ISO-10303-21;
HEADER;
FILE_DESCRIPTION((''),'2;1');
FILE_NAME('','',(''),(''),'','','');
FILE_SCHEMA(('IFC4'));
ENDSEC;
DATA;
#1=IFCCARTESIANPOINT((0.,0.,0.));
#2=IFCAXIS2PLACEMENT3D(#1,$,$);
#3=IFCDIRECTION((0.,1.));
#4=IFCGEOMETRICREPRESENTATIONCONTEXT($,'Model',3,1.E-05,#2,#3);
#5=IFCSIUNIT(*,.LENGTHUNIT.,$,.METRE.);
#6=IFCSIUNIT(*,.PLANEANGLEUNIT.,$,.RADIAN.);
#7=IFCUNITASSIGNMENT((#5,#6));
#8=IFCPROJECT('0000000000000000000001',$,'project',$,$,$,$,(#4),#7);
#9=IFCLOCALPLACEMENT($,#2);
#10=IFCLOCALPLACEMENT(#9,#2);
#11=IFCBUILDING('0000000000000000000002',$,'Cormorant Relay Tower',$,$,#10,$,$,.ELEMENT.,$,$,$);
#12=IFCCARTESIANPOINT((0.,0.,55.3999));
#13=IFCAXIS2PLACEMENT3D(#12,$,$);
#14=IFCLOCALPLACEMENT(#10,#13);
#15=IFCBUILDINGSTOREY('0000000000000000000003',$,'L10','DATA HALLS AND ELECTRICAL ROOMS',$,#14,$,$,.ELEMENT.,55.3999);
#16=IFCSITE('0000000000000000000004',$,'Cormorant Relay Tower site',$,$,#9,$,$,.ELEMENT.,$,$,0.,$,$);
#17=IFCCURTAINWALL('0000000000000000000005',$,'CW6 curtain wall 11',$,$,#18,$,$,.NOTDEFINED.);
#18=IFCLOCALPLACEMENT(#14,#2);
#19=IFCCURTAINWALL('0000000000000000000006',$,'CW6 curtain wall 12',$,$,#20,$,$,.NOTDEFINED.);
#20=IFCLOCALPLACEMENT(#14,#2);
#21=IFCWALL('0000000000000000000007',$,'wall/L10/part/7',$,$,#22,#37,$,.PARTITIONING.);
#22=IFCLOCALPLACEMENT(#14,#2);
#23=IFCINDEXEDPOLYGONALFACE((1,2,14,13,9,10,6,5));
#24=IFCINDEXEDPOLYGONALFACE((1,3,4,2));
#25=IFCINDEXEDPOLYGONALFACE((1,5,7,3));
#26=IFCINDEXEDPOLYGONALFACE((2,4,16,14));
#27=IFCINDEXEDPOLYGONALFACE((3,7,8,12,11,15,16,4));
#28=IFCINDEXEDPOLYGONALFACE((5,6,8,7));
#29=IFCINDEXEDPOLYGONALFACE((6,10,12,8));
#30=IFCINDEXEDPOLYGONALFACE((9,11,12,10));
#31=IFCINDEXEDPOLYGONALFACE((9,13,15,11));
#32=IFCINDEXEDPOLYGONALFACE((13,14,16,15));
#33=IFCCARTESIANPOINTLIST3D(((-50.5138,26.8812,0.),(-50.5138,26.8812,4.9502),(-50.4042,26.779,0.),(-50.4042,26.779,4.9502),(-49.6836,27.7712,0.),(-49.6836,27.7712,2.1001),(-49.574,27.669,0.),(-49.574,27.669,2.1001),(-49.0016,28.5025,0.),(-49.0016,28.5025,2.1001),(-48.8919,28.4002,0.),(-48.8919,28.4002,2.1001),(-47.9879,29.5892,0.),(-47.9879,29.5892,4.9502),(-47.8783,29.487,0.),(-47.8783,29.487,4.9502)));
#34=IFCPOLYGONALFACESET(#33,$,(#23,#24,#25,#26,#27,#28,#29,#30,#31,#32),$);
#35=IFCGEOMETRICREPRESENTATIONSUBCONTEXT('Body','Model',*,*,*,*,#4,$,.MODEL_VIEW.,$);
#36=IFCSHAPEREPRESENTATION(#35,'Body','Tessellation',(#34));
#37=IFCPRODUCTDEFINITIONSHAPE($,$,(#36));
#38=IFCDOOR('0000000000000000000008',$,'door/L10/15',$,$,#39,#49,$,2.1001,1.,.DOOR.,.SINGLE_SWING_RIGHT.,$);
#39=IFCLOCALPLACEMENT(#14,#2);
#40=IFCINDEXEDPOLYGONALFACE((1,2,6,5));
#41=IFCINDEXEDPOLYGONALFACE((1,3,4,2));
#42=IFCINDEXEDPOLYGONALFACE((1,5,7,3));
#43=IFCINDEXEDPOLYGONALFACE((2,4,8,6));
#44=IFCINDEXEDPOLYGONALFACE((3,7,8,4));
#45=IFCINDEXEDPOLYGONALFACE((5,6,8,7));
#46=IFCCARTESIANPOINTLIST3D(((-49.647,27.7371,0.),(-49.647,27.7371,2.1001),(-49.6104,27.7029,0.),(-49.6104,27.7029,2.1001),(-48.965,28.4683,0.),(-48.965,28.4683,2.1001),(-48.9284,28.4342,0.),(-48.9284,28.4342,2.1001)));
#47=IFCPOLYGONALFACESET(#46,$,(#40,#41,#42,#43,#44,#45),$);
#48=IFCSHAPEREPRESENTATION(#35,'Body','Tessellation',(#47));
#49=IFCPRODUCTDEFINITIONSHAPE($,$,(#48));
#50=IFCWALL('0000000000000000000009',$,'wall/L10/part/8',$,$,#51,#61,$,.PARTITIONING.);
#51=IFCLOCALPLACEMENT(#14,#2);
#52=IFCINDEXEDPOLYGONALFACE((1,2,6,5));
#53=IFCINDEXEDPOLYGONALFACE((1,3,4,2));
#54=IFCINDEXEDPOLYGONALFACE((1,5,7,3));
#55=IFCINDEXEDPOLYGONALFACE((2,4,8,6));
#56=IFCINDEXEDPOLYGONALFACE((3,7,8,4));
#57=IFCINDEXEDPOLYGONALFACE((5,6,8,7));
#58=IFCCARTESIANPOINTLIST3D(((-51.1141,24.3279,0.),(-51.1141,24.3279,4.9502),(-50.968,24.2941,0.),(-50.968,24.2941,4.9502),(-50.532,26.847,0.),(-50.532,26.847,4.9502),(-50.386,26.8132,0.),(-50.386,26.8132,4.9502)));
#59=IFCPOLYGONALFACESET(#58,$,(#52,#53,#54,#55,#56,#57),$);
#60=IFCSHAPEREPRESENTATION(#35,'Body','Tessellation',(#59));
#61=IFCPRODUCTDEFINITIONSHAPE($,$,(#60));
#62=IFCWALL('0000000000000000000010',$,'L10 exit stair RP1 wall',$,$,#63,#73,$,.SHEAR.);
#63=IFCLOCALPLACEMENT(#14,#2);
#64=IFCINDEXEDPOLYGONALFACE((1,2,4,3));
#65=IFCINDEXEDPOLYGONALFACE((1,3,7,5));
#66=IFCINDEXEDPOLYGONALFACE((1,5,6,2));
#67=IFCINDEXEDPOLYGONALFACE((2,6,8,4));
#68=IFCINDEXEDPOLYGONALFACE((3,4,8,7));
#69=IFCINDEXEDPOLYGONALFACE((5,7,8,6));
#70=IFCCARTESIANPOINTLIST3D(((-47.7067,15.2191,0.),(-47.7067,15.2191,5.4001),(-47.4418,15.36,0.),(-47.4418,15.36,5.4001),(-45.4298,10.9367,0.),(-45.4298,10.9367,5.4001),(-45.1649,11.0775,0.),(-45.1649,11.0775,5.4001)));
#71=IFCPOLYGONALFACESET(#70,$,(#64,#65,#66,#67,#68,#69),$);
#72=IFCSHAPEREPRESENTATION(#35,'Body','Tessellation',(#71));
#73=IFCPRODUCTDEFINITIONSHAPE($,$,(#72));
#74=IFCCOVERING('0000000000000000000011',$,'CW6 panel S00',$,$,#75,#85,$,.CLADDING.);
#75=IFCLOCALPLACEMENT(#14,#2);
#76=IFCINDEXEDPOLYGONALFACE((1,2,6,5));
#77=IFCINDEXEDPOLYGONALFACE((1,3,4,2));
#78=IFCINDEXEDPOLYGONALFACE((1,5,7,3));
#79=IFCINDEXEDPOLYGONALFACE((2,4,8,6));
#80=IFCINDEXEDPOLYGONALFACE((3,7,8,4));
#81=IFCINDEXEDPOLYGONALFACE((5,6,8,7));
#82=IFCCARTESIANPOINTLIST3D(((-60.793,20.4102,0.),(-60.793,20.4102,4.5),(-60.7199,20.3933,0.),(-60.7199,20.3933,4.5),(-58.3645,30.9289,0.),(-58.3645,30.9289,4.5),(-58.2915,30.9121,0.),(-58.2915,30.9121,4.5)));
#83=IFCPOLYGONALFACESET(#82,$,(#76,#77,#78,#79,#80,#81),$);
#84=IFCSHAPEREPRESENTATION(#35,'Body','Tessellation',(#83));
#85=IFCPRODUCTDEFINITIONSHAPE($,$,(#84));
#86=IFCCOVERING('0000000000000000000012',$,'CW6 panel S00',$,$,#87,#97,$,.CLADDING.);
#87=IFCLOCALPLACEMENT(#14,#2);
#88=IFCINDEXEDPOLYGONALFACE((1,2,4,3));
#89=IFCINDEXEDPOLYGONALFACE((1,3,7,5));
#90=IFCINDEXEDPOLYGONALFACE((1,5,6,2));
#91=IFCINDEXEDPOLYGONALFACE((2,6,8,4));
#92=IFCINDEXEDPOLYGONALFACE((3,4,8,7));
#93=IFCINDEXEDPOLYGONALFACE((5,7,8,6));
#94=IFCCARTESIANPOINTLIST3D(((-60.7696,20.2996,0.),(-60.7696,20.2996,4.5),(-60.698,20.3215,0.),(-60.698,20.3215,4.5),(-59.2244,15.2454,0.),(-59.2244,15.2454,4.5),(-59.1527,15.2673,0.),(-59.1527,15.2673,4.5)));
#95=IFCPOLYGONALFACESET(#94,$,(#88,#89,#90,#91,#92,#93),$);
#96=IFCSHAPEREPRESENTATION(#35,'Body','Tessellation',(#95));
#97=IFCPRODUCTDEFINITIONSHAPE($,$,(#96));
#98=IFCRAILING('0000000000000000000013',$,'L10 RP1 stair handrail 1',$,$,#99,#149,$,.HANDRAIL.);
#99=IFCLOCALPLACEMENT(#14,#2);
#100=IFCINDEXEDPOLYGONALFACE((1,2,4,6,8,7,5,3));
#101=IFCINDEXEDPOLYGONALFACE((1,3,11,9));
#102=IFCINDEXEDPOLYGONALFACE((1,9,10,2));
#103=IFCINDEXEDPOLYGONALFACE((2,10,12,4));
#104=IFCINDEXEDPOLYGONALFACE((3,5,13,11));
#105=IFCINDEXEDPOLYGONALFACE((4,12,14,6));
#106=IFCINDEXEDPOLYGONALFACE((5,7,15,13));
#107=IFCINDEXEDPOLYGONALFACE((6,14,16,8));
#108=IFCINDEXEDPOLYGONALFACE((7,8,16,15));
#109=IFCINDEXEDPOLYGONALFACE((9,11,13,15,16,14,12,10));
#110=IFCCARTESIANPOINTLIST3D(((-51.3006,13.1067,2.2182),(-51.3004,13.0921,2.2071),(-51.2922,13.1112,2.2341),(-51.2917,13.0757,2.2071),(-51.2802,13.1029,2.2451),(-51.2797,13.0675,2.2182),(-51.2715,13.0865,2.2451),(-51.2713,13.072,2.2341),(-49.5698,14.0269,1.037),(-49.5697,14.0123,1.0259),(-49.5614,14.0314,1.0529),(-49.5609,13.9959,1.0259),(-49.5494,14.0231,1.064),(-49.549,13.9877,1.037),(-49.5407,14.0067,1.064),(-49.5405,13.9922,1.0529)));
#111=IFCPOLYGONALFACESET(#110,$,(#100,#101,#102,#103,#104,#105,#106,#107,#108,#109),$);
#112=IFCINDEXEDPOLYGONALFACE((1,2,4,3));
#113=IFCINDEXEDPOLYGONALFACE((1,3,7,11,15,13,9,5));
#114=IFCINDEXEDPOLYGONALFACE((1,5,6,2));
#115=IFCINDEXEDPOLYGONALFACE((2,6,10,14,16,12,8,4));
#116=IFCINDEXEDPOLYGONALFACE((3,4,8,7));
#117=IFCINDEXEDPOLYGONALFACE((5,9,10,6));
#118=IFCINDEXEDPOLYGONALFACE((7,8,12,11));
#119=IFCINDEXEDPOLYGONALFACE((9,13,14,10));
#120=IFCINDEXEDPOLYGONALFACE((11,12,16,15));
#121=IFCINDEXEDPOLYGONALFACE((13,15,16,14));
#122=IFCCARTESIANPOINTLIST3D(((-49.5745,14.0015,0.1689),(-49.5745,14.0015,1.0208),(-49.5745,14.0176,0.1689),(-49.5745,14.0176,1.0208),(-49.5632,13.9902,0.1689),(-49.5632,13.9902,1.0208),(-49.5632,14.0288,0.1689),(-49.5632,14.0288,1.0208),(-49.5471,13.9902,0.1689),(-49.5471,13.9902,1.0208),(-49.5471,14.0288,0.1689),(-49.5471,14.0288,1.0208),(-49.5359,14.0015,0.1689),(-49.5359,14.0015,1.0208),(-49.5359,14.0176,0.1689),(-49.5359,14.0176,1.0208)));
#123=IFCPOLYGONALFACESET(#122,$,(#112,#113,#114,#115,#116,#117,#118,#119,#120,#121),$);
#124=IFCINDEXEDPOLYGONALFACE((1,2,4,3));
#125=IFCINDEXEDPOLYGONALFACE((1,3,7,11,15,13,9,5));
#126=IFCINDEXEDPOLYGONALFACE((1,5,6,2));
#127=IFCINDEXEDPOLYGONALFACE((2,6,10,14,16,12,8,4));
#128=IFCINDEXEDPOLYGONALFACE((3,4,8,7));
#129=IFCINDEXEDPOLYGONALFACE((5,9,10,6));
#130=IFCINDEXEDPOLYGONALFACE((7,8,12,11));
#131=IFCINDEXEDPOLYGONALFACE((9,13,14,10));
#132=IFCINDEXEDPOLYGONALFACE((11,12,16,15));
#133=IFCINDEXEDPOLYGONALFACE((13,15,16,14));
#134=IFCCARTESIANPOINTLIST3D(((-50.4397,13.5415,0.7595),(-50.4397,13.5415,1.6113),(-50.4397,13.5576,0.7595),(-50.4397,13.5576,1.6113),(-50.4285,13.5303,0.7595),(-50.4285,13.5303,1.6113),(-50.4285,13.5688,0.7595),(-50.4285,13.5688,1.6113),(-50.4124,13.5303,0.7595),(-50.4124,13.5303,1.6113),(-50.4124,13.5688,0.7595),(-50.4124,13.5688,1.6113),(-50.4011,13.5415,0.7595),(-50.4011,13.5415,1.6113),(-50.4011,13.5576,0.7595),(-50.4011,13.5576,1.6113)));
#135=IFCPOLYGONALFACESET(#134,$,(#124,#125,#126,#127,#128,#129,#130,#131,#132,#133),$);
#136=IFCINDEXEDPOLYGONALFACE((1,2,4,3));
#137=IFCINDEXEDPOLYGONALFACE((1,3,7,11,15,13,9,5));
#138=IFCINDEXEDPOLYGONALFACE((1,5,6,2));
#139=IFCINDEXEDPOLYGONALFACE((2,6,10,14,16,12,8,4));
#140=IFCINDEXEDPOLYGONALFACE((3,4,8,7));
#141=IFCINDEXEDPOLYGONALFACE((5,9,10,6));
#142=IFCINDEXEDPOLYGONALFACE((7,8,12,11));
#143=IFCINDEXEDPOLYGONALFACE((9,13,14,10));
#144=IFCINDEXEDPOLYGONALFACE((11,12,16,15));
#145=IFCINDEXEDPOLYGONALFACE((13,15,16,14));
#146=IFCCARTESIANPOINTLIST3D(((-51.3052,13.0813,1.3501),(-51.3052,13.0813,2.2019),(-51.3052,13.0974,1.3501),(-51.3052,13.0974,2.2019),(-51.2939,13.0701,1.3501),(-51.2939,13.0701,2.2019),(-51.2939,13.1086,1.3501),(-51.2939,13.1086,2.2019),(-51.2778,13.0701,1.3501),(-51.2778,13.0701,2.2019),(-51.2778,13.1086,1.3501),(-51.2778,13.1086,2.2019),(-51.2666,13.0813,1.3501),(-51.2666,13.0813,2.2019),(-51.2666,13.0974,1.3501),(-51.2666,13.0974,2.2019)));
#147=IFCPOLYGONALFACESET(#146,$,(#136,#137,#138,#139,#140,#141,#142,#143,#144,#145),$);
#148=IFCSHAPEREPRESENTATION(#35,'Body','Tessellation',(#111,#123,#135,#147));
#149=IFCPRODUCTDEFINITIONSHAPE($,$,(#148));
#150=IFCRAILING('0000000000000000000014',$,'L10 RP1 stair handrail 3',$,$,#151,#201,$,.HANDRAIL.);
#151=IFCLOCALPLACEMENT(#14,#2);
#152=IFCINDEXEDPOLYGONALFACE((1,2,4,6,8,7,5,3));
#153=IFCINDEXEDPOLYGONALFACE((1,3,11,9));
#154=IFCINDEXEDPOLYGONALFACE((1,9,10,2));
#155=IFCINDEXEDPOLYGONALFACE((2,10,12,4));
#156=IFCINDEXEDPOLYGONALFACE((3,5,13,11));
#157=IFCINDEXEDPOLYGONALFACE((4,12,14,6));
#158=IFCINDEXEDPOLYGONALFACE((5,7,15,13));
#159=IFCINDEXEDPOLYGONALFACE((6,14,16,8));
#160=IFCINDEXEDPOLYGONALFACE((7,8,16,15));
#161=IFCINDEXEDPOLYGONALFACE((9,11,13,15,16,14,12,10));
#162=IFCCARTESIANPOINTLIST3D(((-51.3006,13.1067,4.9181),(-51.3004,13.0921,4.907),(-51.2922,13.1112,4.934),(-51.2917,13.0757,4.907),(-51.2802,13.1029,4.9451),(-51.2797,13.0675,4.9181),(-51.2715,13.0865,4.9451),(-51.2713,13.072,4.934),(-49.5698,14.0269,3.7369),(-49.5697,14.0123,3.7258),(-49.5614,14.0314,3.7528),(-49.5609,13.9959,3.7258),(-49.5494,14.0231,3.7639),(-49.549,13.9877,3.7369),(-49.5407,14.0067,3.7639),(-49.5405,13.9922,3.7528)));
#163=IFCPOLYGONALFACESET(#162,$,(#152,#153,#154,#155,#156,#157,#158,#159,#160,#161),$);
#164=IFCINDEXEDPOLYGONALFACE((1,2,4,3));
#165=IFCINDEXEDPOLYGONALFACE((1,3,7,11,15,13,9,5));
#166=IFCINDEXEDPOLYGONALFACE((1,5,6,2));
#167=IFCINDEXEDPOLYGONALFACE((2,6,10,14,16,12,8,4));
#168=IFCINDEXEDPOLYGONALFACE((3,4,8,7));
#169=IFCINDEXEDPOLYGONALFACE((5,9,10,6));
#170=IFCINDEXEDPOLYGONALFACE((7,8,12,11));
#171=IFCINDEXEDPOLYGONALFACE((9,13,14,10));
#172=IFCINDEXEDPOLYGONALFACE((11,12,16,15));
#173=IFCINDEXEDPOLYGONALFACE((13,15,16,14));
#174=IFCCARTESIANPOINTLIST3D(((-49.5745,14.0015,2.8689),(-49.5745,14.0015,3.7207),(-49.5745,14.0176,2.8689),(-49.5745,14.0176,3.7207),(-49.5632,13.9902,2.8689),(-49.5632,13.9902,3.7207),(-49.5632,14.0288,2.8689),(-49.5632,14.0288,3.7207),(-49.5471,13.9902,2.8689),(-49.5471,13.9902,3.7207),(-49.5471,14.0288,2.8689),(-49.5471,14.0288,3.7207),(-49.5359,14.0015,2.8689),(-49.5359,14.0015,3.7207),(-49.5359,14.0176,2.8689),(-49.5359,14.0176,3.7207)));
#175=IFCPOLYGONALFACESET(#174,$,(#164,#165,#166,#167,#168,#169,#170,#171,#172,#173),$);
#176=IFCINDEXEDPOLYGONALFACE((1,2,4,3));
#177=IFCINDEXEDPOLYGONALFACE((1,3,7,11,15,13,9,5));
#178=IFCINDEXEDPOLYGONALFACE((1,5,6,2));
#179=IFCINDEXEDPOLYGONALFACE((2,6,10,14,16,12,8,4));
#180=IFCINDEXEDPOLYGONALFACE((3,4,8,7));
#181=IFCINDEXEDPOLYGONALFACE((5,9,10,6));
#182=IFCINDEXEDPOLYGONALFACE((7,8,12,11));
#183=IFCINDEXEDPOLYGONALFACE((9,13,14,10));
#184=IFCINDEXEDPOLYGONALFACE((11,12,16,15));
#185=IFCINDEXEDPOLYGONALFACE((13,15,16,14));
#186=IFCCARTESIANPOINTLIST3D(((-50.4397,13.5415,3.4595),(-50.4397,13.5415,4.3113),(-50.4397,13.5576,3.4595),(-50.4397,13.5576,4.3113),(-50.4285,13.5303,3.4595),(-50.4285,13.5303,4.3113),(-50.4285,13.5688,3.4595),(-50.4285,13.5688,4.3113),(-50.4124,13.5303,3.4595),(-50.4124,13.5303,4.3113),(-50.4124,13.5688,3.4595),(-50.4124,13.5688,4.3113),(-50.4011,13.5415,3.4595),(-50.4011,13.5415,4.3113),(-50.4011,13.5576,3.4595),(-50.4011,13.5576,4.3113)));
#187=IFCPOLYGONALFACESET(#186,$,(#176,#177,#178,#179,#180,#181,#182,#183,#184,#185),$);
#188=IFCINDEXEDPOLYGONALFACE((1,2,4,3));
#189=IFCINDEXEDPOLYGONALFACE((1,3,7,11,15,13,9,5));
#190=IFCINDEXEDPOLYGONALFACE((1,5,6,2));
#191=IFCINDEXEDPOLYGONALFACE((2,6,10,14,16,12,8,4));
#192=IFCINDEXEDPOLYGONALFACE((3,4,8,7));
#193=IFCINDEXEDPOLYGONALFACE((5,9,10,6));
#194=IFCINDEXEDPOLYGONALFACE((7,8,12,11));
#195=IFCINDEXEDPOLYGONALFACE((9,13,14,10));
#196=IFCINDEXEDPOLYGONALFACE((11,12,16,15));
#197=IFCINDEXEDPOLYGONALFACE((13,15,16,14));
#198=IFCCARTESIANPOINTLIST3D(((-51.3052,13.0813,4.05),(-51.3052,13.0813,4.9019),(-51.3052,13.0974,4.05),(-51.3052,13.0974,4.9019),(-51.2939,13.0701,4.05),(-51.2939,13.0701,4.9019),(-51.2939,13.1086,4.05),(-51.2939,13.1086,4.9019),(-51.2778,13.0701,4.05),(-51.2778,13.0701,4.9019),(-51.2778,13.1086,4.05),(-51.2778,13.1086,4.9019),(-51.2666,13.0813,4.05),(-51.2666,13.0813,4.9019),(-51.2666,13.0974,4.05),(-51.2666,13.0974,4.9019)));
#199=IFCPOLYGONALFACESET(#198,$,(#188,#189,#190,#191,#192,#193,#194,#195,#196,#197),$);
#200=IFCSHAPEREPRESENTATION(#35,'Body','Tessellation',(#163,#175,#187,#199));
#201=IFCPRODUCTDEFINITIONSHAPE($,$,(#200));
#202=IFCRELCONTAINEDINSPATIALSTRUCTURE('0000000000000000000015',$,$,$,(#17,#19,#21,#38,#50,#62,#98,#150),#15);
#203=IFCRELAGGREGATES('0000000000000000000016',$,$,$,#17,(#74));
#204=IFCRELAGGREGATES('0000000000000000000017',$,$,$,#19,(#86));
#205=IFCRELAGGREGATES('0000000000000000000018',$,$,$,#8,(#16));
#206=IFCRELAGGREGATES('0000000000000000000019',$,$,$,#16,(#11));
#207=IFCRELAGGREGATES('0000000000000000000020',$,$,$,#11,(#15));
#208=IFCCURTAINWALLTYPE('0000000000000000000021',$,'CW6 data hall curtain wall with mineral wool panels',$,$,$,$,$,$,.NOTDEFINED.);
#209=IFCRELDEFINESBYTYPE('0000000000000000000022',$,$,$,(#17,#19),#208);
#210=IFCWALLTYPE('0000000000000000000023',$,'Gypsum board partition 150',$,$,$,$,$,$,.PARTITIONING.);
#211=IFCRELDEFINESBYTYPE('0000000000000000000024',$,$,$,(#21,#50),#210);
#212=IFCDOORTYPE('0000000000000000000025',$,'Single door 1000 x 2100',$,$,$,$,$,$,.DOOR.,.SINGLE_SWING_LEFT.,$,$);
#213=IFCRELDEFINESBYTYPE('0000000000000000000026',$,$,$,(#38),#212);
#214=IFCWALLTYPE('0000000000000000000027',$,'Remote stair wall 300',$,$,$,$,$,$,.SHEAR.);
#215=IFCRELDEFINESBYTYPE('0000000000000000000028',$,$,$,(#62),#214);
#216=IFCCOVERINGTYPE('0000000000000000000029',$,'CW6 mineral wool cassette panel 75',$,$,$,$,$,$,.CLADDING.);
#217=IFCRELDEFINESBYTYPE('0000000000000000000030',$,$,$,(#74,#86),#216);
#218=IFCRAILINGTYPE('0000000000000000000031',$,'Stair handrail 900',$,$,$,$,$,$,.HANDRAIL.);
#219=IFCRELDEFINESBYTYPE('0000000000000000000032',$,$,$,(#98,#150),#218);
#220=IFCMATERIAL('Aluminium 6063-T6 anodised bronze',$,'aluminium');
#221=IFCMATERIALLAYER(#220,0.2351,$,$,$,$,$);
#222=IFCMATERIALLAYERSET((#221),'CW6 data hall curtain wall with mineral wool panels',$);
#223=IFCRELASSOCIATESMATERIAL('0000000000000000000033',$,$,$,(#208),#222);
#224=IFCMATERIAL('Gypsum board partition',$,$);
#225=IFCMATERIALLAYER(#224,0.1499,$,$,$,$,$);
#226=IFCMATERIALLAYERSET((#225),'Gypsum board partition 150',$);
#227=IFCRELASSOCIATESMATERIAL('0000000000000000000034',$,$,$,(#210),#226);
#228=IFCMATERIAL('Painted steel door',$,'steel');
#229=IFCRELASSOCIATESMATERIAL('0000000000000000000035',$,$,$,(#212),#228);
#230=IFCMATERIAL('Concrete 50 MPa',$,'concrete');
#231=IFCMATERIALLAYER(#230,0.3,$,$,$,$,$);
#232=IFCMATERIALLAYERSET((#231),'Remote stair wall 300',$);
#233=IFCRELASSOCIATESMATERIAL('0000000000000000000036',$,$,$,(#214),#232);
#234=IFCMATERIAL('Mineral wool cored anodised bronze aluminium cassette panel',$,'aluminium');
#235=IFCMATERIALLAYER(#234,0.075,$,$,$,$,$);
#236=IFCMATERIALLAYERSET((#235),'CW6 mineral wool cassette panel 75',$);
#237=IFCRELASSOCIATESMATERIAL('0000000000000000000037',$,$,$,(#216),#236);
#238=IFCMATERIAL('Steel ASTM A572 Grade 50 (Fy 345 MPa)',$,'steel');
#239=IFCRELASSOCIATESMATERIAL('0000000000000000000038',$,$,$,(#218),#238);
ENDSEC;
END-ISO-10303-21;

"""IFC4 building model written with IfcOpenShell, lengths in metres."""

from ifc_helpers import new_model, si_unit, direction, frame, frame_2d, origin, origin_2d, place, context, subcontext, project, spatial, polyline, rectangle, outline, extrude, material, layer, layer_set, type_object, element, fill, aggregate, save


model = new_model("IFC4")

# Units and contexts
model_context = context("Model", 3, precision=1e-05, world=origin(), true_north=direction((0.0, 1.0)))
body_context = subcontext(model_context, "Body", "Model", "MODEL_VIEW")
ifc_project = project(units=[si_unit("LENGTHUNIT", "METRE"), si_unit("PLANEANGLEUNIT", "RADIAN")], contexts=[model_context])

# Site, building, storey
site_placement = place(None, origin())
site = spatial("IfcSite", under=ifc_project, at=site_placement, Name="Cormorant Relay Tower site", CompositionType="ELEMENT", RefElevation=0.0)
building_placement = place(site_placement, origin())
building = spatial("IfcBuilding", under=site, at=building_placement, Name="Cormorant Relay Tower", CompositionType="ELEMENT")
storey_placement = place(building_placement, frame((0.0, 0.0, 55.3999)))
storey = spatial("IfcBuildingStorey", under=building, at=storey_placement, Name="L10", Description="DATA HALLS AND ELECTRICAL ROOMS", CompositionType="ELEMENT", Elevation=55.3999)

# Curtain wall
ifc_material_1 = material(Name="Aluminium 6063-T6 anodised bronze", Category="aluminium")
ifc_layer_1 = layer(ifc_material_1, 0.2351)
ifc_layer_set_1 = layer_set([ifc_layer_1], Name="CW6 data hall curtain wall with mineral wool panels")
curtain_wall_type = type_object("IfcCurtainWallType", Name="CW6 data hall curtain wall with mineral wool panels", PredefinedType="NOTDEFINED", material=ifc_layer_set_1)
curtain_wall_1_placement = place(storey_placement, origin())
curtain_wall_1 = element("IfcCurtainWall", 1, at=curtain_wall_1_placement, inside=storey, type_object=curtain_wall_type, Name="CW6 curtain wall 11", PredefinedType="NOTDEFINED")

# Curtain wall
curtain_wall_2_placement = place(storey_placement, origin())
curtain_wall_2 = element("IfcCurtainWall", 2, at=curtain_wall_2_placement, inside=storey, type_object=curtain_wall_type, Name="CW6 curtain wall 12", PredefinedType="NOTDEFINED")

# Shared definitions
ifc_material_2 = material(Name="Gypsum board partition")
ifc_layer_2 = layer(ifc_material_2, 0.1499)
ifc_layer_set_2 = layer_set([ifc_layer_2], Name="Gypsum board partition 150")
wall_type_1 = type_object("IfcWallType", Name="Gypsum board partition 150", PredefinedType="PARTITIONING", material=ifc_layer_set_2)

# Shared definitions
ifc_material_3 = material(Name="Painted steel door", Category="steel")
door_type_1 = type_object("IfcDoorType", Name="Single door 1000 x 2100", OperationType="SINGLE_SWING_LEFT", PredefinedType="DOOR", material=ifc_material_3)

# Wall, opening, door
wall_1_placement = place(storey_placement, frame((-47.9331, 29.5381, 0.0), z_axis=(0.0, 0.0, 1.0), x_axis=(-0.682088, -0.73127, 0.0)))
wall_1 = element("IfcWall", 3, at=wall_1_placement, inside=storey, type_object=wall_type_1, Name="wall/L10/part/7", PredefinedType="PARTITIONING", context=body_context, shape_type="SweptSolid", body=[
    extrude(rectangle(XDim=3.7031, YDim=0.1499, at=frame_2d((1.8516, 0.0))), origin(), (0.0, 0.0, 1.0), 4.9502),
])
opening_1_placement = place(wall_1_placement, frame((1.4861, 0.0, 0.0)))
opening_1 = element("IfcOpeningElement", 4, at=opening_1_placement, cuts=wall_1, PredefinedType="OPENING", context=body_context, shape_type="SweptSolid", body=[
    extrude(rectangle(XDim=1.0, YDim=2.1001, at=frame_2d((0.5, 1.05))), frame((0.0, 0.085, 0.0), z_axis=(0.0, -1.0, 0.0), x_axis=(1.0, 0.0, 0.0)), (0.0, 0.0, 1.0), 0.1699),
])
door_1_placement = place(opening_1_placement, frame((1.0, 0.0, 0.0), z_axis=(0.0, 0.0, 1.0), x_axis=(-1.0, 0.0, 0.0)))
door_1 = element("IfcDoor", 5, at=door_1_placement, inside=storey, type_object=door_type_1, Name="door/L10/15", OperationType="SINGLE_SWING_RIGHT", OverallHeight=2.1001, OverallWidth=1.0, PredefinedType="DOOR", context=body_context, shape_type="SweptSolid", body=[
    extrude(rectangle(XDim=1.0, YDim=2.1001, at=frame_2d((0.5, 1.05))), frame((0.0, 0.0249, 0.0), z_axis=(0.0, -1.0, 0.0), x_axis=(1.0, 0.0, 0.0)), (0.0, 0.0, 1.0), 0.05),
])
fill(opening_1, door_1)

# Walls
wall_2_placement = place(storey_placement, frame((-50.459, 26.8301, 0.0), z_axis=(0.0, 0.0, 1.0), x_axis=(-0.225122, -0.974331, 0.0)))
element("IfcWall", 6, at=wall_2_placement, inside=storey, type_object=wall_type_1, Name="wall/L10/part/8", PredefinedType="PARTITIONING", context=body_context, shape_type="SweptSolid", body=[
    extrude(rectangle(XDim=2.5854, YDim=0.1499, at=frame_2d((1.2927, 0.0))), origin(), (0.0, 0.0, 1.0), 4.9502),
])
ifc_material_4 = material(Name="Concrete 50 MPa", Category="concrete")
ifc_layer_3 = layer(ifc_material_4, 0.3)
ifc_layer_set_3 = layer_set([ifc_layer_3], Name="Remote stair wall 300")
wall_type_2 = type_object("IfcWallType", Name="Remote stair wall 300", PredefinedType="SHEAR", material=ifc_layer_set_3)
wall_3_placement = place(storey_placement, frame((-47.5742, 15.2896, 0.0), z_axis=(0.0, 0.0, 1.0), x_axis=(0.469443, -0.882963, 0.0)))
element("IfcWall", 7, at=wall_3_placement, inside=storey, type_object=wall_type_2, Name="L10 exit stair RP1 wall", PredefinedType="SHEAR", context=body_context, shape_type="SweptSolid", body=[
    extrude(rectangle(XDim=4.8501, YDim=0.3, at=frame_2d((2.425, 0.0))), origin(), (0.0, 0.0, 1.0), 5.4001),
])

# Coverings
ifc_material_5 = material(Name="Mineral wool cored anodised bronze aluminium cassette panel", Category="aluminium")
ifc_layer_4 = layer(ifc_material_5, 0.075)
ifc_layer_set_4 = layer_set([ifc_layer_4], Name="CW6 mineral wool cassette panel 75")
covering_type = type_object("IfcCoveringType", Name="CW6 mineral wool cassette panel 75", PredefinedType="CLADDING", material=ifc_layer_set_4)
covering_1_placement = place(storey_placement, frame((-59.5422, 25.6611, 0.0), z_axis=(0.0, 0.0, 1.0), x_axis=(-0.224951, -0.97437, 0.0)))
covering_1 = element("IfcCovering", 8, at=covering_1_placement, type_object=covering_type, Name="CW6 panel S00", PredefinedType="CLADDING", context=body_context, shape_type="SweptSolid", body=[
    extrude(rectangle(XDim=10.7954, YDim=0.075, at=origin_2d()), origin(), (0.0, 0.0, 1.0), 4.5),
])
aggregate(curtain_wall_1, [covering_1])
covering_2_placement = place(storey_placement, frame((-59.9612, 17.7834, 0.0), z_axis=(0.0, 0.0, 1.0), x_axis=(0.292372, -0.956305, 0.0)))
covering_2 = element("IfcCovering", 9, at=covering_2_placement, type_object=covering_type, Name="CW6 panel S00", PredefinedType="CLADDING", context=body_context, shape_type="SweptSolid", body=[
    extrude(rectangle(XDim=5.2852, YDim=0.075, at=origin_2d()), origin(), (0.0, 0.0, 1.0), 4.5),
])
aggregate(curtain_wall_2, [covering_2])

# Railings
ifc_material_6 = material(Name="Steel ASTM A572 Grade 50 (Fy 345 MPa)", Category="steel")
railing_type = type_object("IfcRailingType", Name="Stair handrail 900", PredefinedType="HANDRAIL", material=ifc_material_6)
for number, where, name in (
    (10, (-49.5552, 14.0095, 0.1689), "L10 RP1 stair handrail 1"),
    (11, (-49.5552, 14.0095, 2.8689), "L10 RP1 stair handrail 3"),
):
    element("IfcRailing", number, at=place(storey_placement, frame(where)), inside=storey, type_object=railing_type, Name=name, PredefinedType="HANDRAIL", context=body_context, shape_type="SweptSolid", body=[
        extrude(outline(polyline([(0.0222, 0.0093), (0.0093, 0.0222), (-0.0093, 0.0222), (-0.0222, 0.0093), (-0.0222, -0.0093), (-0.0093, -0.0222), (0.0093, -0.0222), (0.0222, -0.0093), (0.0222, 0.0093)])), frame((0.0, 0.0, 0.876), z_axis=(-0.756268, -0.402084, 0.516127), x_axis=(0.469444, -0.882962, 0.0)), (0.0, 0.0, 1.0), 2.2886),
        extrude(outline(polyline([(0.0193, 0.0081), (0.0081, 0.0193), (-0.0081, 0.0193), (-0.0193, 0.0081), (-0.0193, -0.0081), (-0.0081, -0.0193), (0.0081, -0.0193), (0.0193, -0.0081), (0.0193, 0.0081)])), origin(), (0.0, 0.0, 1.0), 0.8518),
        extrude(outline(polyline([(0.0193, 0.0081), (0.0081, 0.0193), (-0.0081, 0.0193), (-0.0193, 0.0081), (-0.0193, -0.0081), (-0.0081, -0.0193), (0.0081, -0.0193), (0.0193, -0.0081), (0.0193, 0.0081)])), frame((-0.8652, -0.46, 0.5906)), (0.0, 0.0, 1.0), 0.8518),
        extrude(outline(polyline([(0.0193, 0.0081), (0.0081, 0.0193), (-0.0081, 0.0193), (-0.0193, 0.0081), (-0.0193, -0.0081), (-0.0081, -0.0193), (0.0081, -0.0193), (0.0193, -0.0081), (0.0193, 0.0081)])), frame((-1.7307, -0.9202, 1.1812)), (0.0, 0.0, 1.0), 0.8518),
    ])

save(model, "model.ifc")
